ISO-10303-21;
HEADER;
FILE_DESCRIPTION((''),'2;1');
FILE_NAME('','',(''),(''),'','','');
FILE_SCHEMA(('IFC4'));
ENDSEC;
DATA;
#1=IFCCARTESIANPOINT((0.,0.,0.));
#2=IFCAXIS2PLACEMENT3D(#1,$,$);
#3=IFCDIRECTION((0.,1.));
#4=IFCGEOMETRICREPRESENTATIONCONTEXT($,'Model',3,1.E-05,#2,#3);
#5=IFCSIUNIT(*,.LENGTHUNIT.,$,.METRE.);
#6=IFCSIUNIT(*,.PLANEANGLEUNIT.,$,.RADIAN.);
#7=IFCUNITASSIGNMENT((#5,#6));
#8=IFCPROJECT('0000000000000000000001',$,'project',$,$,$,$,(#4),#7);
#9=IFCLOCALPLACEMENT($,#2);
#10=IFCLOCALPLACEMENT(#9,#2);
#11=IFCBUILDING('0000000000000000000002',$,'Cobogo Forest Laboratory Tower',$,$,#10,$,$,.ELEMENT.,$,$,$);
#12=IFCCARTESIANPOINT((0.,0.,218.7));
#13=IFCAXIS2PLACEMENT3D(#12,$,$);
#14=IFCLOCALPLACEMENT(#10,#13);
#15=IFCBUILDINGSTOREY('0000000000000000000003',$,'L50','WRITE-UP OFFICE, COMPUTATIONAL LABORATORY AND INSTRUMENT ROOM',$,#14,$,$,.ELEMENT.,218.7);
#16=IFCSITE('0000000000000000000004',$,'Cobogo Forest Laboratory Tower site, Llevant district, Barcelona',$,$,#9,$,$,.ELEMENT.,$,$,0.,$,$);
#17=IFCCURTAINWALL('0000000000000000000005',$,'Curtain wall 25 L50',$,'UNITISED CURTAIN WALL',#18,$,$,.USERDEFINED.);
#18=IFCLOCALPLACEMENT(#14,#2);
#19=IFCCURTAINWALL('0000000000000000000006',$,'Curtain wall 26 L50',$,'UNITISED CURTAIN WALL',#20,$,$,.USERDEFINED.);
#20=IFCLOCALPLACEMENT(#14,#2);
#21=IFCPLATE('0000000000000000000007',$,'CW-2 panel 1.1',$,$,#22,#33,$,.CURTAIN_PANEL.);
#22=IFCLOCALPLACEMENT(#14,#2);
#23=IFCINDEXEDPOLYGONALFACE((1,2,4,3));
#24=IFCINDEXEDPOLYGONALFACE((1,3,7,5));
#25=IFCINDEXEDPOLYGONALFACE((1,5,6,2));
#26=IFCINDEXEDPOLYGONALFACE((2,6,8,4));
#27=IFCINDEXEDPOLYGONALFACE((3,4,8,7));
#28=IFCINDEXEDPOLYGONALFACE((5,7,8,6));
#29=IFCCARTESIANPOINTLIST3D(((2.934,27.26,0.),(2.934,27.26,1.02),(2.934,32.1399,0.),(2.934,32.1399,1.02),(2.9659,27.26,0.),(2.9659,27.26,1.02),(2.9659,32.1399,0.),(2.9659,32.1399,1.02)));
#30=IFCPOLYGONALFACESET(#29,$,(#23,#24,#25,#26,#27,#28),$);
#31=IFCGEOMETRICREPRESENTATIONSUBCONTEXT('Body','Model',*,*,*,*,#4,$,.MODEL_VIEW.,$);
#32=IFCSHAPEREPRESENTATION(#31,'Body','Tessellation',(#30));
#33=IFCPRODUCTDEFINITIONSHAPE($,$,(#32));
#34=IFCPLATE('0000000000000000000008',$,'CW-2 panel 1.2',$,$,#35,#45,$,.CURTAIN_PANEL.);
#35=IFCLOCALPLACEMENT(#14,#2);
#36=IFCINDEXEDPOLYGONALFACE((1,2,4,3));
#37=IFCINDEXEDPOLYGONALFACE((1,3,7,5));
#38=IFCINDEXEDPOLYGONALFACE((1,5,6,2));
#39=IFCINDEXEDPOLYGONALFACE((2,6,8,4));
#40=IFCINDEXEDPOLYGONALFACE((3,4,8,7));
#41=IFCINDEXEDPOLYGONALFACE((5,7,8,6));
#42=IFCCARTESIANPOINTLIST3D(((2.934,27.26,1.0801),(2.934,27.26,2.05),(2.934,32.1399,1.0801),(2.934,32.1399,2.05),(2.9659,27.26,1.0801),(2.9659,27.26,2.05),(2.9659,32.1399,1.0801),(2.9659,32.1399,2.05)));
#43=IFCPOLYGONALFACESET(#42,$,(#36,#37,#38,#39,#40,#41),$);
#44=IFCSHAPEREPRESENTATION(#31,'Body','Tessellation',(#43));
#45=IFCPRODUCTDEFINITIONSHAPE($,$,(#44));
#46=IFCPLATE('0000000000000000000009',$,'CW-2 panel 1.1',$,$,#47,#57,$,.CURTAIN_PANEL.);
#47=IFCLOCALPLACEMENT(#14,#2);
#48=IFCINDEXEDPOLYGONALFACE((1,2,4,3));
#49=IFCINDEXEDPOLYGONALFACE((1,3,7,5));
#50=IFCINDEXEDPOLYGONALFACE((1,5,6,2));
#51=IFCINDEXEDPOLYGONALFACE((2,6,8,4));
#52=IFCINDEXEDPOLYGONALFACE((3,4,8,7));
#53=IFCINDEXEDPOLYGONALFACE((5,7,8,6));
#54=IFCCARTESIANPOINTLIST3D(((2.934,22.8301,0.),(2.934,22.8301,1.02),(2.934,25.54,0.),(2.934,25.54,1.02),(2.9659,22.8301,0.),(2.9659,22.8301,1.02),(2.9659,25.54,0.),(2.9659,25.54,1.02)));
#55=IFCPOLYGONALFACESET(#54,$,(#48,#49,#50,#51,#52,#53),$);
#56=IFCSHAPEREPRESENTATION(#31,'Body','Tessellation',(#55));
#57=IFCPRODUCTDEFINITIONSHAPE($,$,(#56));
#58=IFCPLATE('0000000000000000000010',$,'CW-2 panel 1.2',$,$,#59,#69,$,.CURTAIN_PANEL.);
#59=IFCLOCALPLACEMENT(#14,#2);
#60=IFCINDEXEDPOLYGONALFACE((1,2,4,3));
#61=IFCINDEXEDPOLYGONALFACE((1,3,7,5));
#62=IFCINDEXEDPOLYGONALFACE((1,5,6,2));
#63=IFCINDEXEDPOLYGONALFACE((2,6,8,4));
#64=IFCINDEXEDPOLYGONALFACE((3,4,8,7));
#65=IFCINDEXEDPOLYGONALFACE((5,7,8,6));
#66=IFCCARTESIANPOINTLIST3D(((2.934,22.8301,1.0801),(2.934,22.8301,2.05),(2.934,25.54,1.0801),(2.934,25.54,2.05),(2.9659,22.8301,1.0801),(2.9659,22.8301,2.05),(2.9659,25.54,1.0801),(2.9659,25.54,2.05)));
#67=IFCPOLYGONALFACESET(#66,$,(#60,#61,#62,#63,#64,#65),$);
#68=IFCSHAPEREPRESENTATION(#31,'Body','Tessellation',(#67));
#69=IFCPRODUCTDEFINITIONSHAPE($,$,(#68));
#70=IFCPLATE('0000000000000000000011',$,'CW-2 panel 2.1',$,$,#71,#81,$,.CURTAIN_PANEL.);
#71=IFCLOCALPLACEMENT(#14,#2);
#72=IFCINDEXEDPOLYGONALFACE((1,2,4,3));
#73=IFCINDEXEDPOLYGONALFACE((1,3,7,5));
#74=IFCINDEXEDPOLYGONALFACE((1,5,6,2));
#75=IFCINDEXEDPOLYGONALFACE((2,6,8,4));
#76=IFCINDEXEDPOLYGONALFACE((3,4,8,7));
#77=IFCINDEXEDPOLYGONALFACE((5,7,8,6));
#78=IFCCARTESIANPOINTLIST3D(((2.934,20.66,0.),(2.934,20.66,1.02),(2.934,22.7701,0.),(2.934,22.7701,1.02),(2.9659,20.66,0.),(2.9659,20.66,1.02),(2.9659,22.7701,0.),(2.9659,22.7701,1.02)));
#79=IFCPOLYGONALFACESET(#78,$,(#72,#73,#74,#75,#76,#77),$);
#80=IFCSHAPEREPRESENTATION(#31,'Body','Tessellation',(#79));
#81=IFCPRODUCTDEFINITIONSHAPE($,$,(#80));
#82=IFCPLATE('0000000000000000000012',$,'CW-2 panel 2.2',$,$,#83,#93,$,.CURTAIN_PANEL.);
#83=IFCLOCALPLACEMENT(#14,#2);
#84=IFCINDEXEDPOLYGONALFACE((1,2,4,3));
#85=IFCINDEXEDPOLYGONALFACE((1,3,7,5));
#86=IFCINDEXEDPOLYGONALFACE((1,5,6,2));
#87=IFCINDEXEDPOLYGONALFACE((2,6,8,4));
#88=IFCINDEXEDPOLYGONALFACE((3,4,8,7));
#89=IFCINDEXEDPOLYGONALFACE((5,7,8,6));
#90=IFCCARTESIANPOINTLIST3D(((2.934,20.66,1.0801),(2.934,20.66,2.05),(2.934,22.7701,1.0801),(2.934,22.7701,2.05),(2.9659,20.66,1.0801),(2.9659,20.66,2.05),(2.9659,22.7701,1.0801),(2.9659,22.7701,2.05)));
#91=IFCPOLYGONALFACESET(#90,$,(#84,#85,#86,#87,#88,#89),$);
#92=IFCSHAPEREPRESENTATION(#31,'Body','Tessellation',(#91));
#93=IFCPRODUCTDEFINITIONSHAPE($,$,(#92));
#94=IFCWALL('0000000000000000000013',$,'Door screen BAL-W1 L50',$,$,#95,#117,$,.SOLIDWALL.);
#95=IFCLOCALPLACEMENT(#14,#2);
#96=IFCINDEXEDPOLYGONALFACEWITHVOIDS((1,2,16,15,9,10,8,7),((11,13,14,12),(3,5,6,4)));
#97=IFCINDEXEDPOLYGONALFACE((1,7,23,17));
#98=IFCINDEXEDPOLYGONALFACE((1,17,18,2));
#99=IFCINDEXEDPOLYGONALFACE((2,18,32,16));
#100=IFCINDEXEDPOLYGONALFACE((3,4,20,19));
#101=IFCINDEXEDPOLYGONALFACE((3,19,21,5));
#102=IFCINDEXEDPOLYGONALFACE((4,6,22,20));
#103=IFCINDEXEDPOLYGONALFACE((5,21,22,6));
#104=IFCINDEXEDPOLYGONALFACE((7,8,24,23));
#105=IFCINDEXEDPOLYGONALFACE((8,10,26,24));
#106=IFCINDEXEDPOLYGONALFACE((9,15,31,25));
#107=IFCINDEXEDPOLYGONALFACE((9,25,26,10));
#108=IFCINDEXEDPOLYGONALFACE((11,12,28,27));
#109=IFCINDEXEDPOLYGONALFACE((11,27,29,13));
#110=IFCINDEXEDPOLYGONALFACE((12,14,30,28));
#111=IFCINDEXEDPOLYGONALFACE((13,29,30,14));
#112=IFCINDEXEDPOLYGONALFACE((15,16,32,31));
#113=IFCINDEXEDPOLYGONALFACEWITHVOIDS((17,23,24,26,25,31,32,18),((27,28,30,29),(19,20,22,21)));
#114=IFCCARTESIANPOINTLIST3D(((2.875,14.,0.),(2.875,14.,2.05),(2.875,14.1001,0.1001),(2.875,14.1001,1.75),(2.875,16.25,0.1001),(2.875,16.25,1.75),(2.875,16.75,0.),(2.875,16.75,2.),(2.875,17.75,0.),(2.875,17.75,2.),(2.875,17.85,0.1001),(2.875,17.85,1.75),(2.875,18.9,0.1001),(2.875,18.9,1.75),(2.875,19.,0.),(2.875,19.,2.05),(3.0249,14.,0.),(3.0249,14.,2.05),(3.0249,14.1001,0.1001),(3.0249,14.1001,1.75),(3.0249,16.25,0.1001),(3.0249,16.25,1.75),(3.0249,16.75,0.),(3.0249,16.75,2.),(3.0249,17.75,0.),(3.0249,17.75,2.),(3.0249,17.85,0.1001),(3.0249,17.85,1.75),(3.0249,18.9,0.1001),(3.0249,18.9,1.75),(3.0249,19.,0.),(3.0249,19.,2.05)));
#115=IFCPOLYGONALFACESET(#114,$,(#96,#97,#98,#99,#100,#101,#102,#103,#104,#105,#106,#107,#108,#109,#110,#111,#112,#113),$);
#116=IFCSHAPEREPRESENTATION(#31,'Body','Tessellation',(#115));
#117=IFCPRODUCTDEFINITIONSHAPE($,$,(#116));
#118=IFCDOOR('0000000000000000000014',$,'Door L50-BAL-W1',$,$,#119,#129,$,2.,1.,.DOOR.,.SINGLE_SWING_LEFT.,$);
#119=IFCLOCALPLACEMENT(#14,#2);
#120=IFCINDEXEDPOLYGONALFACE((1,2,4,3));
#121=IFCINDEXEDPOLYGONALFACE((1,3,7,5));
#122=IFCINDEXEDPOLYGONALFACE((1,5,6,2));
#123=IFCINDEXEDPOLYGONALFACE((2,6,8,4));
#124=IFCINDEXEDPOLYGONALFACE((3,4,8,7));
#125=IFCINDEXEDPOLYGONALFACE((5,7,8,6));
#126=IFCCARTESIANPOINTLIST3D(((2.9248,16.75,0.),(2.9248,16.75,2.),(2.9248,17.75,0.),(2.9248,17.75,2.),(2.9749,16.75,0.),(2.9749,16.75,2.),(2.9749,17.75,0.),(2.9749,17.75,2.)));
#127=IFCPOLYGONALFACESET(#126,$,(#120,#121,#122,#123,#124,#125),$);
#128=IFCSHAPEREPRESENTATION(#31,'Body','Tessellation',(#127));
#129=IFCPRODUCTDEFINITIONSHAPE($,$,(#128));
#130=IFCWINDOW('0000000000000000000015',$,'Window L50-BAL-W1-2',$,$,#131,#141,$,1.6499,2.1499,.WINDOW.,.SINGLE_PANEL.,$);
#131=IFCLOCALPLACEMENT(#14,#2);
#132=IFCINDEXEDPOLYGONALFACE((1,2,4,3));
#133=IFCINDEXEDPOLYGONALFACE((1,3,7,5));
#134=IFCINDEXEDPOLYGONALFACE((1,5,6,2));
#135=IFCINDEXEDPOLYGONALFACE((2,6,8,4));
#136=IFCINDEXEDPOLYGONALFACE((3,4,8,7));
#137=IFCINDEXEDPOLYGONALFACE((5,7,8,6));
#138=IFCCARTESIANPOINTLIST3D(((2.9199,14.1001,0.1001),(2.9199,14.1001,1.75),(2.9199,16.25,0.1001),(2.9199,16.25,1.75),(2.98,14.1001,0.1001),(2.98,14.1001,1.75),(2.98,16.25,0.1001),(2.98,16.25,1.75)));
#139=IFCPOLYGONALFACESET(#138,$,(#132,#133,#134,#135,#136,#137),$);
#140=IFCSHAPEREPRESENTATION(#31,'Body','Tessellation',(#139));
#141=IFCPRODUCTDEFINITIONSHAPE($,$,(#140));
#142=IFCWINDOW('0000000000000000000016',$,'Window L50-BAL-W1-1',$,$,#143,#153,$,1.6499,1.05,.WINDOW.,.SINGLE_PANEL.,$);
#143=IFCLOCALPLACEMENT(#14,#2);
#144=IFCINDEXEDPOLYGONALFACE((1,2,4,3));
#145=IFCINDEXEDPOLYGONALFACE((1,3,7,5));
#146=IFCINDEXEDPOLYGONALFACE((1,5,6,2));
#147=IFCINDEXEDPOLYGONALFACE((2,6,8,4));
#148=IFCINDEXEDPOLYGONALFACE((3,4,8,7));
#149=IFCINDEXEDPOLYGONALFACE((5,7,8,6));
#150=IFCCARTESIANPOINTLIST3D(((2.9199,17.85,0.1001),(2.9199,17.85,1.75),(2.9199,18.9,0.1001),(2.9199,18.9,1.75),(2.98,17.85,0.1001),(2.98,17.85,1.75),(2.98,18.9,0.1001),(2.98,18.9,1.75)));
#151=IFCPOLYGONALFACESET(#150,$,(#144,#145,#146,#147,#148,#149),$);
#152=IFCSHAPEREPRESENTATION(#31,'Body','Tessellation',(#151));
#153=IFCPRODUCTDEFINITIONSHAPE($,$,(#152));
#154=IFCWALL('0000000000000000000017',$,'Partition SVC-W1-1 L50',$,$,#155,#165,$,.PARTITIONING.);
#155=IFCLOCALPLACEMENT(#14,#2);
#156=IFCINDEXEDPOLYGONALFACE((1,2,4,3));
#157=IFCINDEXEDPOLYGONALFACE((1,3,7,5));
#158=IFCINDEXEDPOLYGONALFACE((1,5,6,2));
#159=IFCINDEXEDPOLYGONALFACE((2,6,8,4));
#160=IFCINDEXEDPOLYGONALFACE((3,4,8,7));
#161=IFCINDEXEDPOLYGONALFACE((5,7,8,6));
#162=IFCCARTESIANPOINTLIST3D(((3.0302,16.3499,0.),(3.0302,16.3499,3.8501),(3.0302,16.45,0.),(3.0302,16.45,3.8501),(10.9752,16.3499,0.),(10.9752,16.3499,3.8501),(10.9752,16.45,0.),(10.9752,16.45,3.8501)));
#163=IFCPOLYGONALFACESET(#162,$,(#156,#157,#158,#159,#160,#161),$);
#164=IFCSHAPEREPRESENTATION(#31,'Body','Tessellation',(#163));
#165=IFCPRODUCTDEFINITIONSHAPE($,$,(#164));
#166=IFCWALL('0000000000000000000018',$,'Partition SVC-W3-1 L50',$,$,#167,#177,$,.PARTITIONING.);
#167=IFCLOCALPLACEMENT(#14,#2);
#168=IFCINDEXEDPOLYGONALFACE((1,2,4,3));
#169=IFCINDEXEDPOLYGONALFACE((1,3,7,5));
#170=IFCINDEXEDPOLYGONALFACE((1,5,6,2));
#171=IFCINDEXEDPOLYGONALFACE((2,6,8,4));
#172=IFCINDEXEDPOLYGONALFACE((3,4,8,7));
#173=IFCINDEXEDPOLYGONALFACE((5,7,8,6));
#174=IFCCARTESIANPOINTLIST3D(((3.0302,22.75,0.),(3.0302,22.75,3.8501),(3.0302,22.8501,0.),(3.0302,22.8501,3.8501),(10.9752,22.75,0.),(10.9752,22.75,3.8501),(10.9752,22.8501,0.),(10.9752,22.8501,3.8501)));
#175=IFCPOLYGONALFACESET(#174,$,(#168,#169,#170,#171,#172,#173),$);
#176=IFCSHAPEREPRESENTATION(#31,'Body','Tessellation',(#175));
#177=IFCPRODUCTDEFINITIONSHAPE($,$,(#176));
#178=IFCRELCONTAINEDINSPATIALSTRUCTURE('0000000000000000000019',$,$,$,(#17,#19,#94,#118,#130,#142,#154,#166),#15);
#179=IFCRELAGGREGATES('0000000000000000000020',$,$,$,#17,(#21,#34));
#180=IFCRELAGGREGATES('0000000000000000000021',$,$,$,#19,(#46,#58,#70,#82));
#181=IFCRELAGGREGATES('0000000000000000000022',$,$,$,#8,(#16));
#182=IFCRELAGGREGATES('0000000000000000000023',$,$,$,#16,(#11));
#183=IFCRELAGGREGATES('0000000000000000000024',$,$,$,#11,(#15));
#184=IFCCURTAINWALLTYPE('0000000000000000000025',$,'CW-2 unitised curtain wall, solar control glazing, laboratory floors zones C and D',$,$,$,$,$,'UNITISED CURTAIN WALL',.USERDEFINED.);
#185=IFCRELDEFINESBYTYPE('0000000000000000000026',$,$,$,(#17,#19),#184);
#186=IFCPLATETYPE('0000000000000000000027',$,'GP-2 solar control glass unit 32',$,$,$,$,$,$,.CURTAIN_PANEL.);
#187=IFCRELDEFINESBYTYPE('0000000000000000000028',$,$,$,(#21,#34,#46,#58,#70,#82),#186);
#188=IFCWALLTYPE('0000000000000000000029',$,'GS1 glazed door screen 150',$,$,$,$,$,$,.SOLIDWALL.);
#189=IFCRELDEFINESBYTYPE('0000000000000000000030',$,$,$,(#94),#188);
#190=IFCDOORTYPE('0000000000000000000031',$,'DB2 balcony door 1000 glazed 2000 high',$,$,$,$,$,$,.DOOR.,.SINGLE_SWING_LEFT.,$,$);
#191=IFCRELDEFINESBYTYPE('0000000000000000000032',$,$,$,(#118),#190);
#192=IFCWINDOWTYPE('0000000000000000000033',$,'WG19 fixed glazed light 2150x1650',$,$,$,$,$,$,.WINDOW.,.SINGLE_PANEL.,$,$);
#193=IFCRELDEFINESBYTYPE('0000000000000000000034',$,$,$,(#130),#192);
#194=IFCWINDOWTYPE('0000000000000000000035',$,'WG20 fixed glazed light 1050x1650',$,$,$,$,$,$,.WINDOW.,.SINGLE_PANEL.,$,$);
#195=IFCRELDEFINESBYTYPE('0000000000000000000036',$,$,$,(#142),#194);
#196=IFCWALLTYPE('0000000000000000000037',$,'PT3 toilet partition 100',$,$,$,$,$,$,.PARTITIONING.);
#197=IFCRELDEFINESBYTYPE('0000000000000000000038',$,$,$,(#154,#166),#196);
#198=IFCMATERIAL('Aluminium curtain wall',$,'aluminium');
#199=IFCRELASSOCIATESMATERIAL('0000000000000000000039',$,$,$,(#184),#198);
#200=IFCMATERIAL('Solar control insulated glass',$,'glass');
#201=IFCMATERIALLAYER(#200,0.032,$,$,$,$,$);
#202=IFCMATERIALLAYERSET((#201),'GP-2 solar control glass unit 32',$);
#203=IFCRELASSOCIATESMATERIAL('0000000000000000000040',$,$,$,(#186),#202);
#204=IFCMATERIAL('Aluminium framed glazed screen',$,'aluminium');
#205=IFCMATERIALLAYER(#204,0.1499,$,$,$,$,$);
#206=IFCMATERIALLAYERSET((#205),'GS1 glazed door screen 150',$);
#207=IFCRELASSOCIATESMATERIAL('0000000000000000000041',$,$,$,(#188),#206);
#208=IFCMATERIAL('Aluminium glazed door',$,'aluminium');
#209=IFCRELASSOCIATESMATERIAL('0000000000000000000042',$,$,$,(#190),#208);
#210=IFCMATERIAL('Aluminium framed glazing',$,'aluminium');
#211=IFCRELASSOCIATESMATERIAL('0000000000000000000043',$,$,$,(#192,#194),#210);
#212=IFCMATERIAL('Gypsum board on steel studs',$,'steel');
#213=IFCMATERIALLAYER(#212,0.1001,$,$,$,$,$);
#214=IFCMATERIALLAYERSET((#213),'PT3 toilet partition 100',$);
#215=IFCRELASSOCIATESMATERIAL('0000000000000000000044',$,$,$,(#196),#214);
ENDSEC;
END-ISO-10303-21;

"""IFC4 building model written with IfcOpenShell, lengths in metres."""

from ifc_helpers import new_model, si_unit, direction, frame, frame_2d, origin, origin_2d, place, context, subcontext, project, spatial, rectangle, extrude, material, layer, layer_set, type_object, element, fill, aggregate, save


model = new_model("IFC4")

# Units and contexts
model_context = context("Model", 3, precision=1e-05, world=origin(), true_north=direction((0.0, 1.0)))
body_context = subcontext(model_context, "Body", "Model", "MODEL_VIEW")
ifc_project = project(units=[si_unit("LENGTHUNIT", "METRE"), si_unit("PLANEANGLEUNIT", "RADIAN")], contexts=[model_context])

# Site, building, storey
site_placement = place(None, origin())
site = spatial("IfcSite", under=ifc_project, at=site_placement, Name="Cobogo Forest Laboratory Tower site, Llevant district, Barcelona", CompositionType="ELEMENT", RefElevation=0.0)
building_placement = place(site_placement, origin())
building = spatial("IfcBuilding", under=site, at=building_placement, Name="Cobogo Forest Laboratory Tower", CompositionType="ELEMENT")
storey_placement = place(building_placement, frame((0.0, 0.0, 218.7)))
storey = spatial("IfcBuildingStorey", under=building, at=storey_placement, Name="L50", Description="WRITE-UP OFFICE, COMPUTATIONAL LABORATORY AND INSTRUMENT ROOM", CompositionType="ELEMENT", Elevation=218.7)

# Curtain walls
ifc_material_1 = material(Name="Aluminium curtain wall", Category="aluminium")
curtain_wall_type = type_object("IfcCurtainWallType", Name="CW-2 unitised curtain wall, solar control glazing, laboratory floors zones C and D", ElementType="UNITISED CURTAIN WALL", PredefinedType="USERDEFINED", material=ifc_material_1)
curtain_wall_1_placement = place(storey_placement, origin())
curtain_wall_1 = element("IfcCurtainWall", 1, at=curtain_wall_1_placement, inside=storey, type_object=curtain_wall_type, Name="Curtain wall 25 L50", ObjectType="UNITISED CURTAIN WALL", PredefinedType="USERDEFINED")
curtain_wall_2_placement = place(storey_placement, origin())
curtain_wall_2 = element("IfcCurtainWall", 2, at=curtain_wall_2_placement, inside=storey, type_object=curtain_wall_type, Name="Curtain wall 26 L50", ObjectType="UNITISED CURTAIN WALL", PredefinedType="USERDEFINED")

# Plates
ifc_material_2 = material(Name="Solar control insulated glass", Category="glass")
ifc_layer_1 = layer(ifc_material_2, 0.032)
ifc_layer_set_1 = layer_set([ifc_layer_1], Name="GP-2 solar control glass unit 32")
plate_type_1 = type_object("IfcPlateType", Name="GP-2 solar control glass unit 32", PredefinedType="CURTAIN_PANEL", material=ifc_layer_set_1)
plate_1_placement = place(storey_placement, frame((2.95, 29.7, 0.0), z_axis=(0.0, 0.0, 1.0), x_axis=(0.0, -1.0, 0.0)))
plate_1 = element("IfcPlate", 3, at=plate_1_placement, type_object=plate_type_1, Name="CW-2 panel 1.1", PredefinedType="CURTAIN_PANEL", context=body_context, shape_type="SweptSolid", body=[
    extrude(rectangle(XDim=4.8799, YDim=0.032, at=origin_2d()), origin(), (0.0, 0.0, 1.0), 1.02),
])
plate_2_placement = place(storey_placement, frame((2.95, 29.7, 1.0801), z_axis=(0.0, 0.0, 1.0), x_axis=(0.0, -1.0, 0.0)))
plate_2 = element("IfcPlate", 4, at=plate_2_placement, type_object=plate_type_1, Name="CW-2 panel 1.2", PredefinedType="CURTAIN_PANEL", context=body_context, shape_type="SweptSolid", body=[
    extrude(rectangle(XDim=4.8799, YDim=0.032, at=origin_2d()), origin(), (0.0, 0.0, 1.0), 0.97),
])
aggregate(curtain_wall_1, [plate_1, plate_2])
plate_3_placement = place(storey_placement, frame((2.95, 24.1851, 0.0), z_axis=(0.0, 0.0, 1.0), x_axis=(0.0, -1.0, 0.0)))
plate_3 = element("IfcPlate", 5, at=plate_3_placement, type_object=plate_type_1, Name="CW-2 panel 1.1", PredefinedType="CURTAIN_PANEL", context=body_context, shape_type="SweptSolid", body=[
    extrude(rectangle(XDim=2.71, YDim=0.032, at=origin_2d()), origin(), (0.0, 0.0, 1.0), 1.02),
])
plate_4_placement = place(storey_placement, frame((2.95, 24.1851, 1.0801), z_axis=(0.0, 0.0, 1.0), x_axis=(0.0, -1.0, 0.0)))
plate_4 = element("IfcPlate", 6, at=plate_4_placement, type_object=plate_type_1, Name="CW-2 panel 1.2", PredefinedType="CURTAIN_PANEL", context=body_context, shape_type="SweptSolid", body=[
    extrude(rectangle(XDim=2.71, YDim=0.032, at=origin_2d()), origin(), (0.0, 0.0, 1.0), 0.97),
])
plate_5_placement = place(storey_placement, frame((2.95, 21.7151, 0.0), z_axis=(0.0, 0.0, 1.0), x_axis=(0.0, -1.0, 0.0)))
plate_5 = element("IfcPlate", 7, at=plate_5_placement, type_object=plate_type_1, Name="CW-2 panel 2.1", PredefinedType="CURTAIN_PANEL", context=body_context, shape_type="SweptSolid", body=[
    extrude(rectangle(XDim=2.1101, YDim=0.032, at=origin_2d()), origin(), (0.0, 0.0, 1.0), 1.02),
])
plate_6_placement = place(storey_placement, frame((2.95, 21.7151, 1.0801), z_axis=(0.0, 0.0, 1.0), x_axis=(0.0, -1.0, 0.0)))
plate_6 = element("IfcPlate", 8, at=plate_6_placement, type_object=plate_type_1, Name="CW-2 panel 2.2", PredefinedType="CURTAIN_PANEL", context=body_context, shape_type="SweptSolid", body=[
    extrude(rectangle(XDim=2.1101, YDim=0.032, at=origin_2d()), origin(), (0.0, 0.0, 1.0), 0.97),
])
aggregate(curtain_wall_2, [plate_3, plate_4, plate_5, plate_6])

# Wall, openings, door, windows
ifc_material_3 = material(Name="Aluminium framed glazed screen", Category="aluminium")
ifc_layer_2 = layer(ifc_material_3, 0.1499)
ifc_layer_set_2 = layer_set([ifc_layer_2], Name="GS1 glazed door screen 150")
wall_type_1 = type_object("IfcWallType", Name="GS1 glazed door screen 150", PredefinedType="SOLIDWALL", material=ifc_layer_set_2)
wall_placement = place(storey_placement, frame((2.95, 19.0, 0.0), z_axis=(0.0, 0.0, 1.0), x_axis=(0.0, -1.0, 0.0)))
wall = element("IfcWall", 9, at=wall_placement, inside=storey, type_object=wall_type_1, Name="Door screen BAL-W1 L50", PredefinedType="SOLIDWALL", context=body_context, shape_type="SweptSolid", body=[
    extrude(rectangle(XDim=5.0, YDim=0.1499, at=frame_2d((2.5, 0.0))), origin(), (0.0, 0.0, 1.0), 2.05),
])
opening_1_placement = place(wall_placement, frame((1.25, 0.0, 0.0)))
opening_1 = element("IfcOpeningElement", 10, at=opening_1_placement, cuts=wall, PredefinedType="OPENING", context=body_context, shape_type="SweptSolid", body=[
    extrude(rectangle(XDim=1.0, YDim=2.0, at=frame_2d((0.5, 1.0))), frame((0.0, 0.085, 0.0), z_axis=(0.0, -1.0, 0.0), x_axis=(1.0, 0.0, 0.0)), (0.0, 0.0, 1.0), 0.1699),
])
opening_2_placement = place(wall_placement, frame((0.1001, 0.0, 0.1001)))
opening_2 = element("IfcOpeningElement", 11, at=opening_2_placement, cuts=wall, PredefinedType="OPENING", context=body_context, shape_type="SweptSolid", body=[
    extrude(rectangle(XDim=1.05, YDim=1.6499, at=frame_2d((0.5249, 0.825))), frame((0.0, 0.085, 0.0), z_axis=(0.0, -1.0, 0.0), x_axis=(1.0, 0.0, 0.0)), (0.0, 0.0, 1.0), 0.1699),
])
opening_3_placement = place(wall_placement, frame((2.75, 0.0, 0.1001)))
opening_3 = element("IfcOpeningElement", 12, at=opening_3_placement, cuts=wall, PredefinedType="OPENING", context=body_context, shape_type="SweptSolid", body=[
    extrude(rectangle(XDim=2.1499, YDim=1.6499, at=frame_2d((1.075, 0.825))), frame((0.0, 0.085, 0.0), z_axis=(0.0, -1.0, 0.0), x_axis=(1.0, 0.0, 0.0)), (0.0, 0.0, 1.0), 0.1699),
])
ifc_material_4 = material(Name="Aluminium glazed door", Category="aluminium")
door_type = type_object("IfcDoorType", Name="DB2 balcony door 1000 glazed 2000 high", OperationType="SINGLE_SWING_LEFT", PredefinedType="DOOR", material=ifc_material_4)
door_placement = place(opening_1_placement, origin())
door = element("IfcDoor", 13, at=door_placement, inside=storey, type_object=door_type, Name="Door L50-BAL-W1", OperationType="SINGLE_SWING_LEFT", OverallHeight=2.0, OverallWidth=1.0, PredefinedType="DOOR", context=body_context, shape_type="SweptSolid", body=[
    extrude(rectangle(XDim=1.0, YDim=2.0, at=frame_2d((0.5, 1.0))), frame((0.0, 0.0249, 0.0), z_axis=(0.0, -1.0, 0.0), x_axis=(1.0, 0.0, 0.0)), (0.0, 0.0, 1.0), 0.05),
])
fill(opening_1, door)
ifc_material_5 = material(Name="Aluminium framed glazing", Category="aluminium")
window_type_1 = type_object("IfcWindowType", Name="WG19 fixed glazed light 2150x1650", PartitioningType="SINGLE_PANEL", PredefinedType="WINDOW", material=ifc_material_5)
window_1_placement = place(opening_3_placement, origin())
window_1 = element("IfcWindow", 14, at=window_1_placement, inside=storey, type_object=window_type_1, Name="Window L50-BAL-W1-2", OverallHeight=1.6499, OverallWidth=2.1499, PartitioningType="SINGLE_PANEL", PredefinedType="WINDOW", context=body_context, shape_type="SweptSolid", body=[
    extrude(rectangle(XDim=2.1499, YDim=1.6499, at=frame_2d((1.075, 0.825))), frame((0.0, 0.03, 0.0), z_axis=(0.0, -1.0, 0.0), x_axis=(1.0, 0.0, 0.0)), (0.0, 0.0, 1.0), 0.0601),
])
fill(opening_3, window_1)
window_type_2 = type_object("IfcWindowType", Name="WG20 fixed glazed light 1050x1650", PartitioningType="SINGLE_PANEL", PredefinedType="WINDOW", material=ifc_material_5)
window_2_placement = place(opening_2_placement, origin())
window_2 = element("IfcWindow", 15, at=window_2_placement, inside=storey, type_object=window_type_2, Name="Window L50-BAL-W1-1", OverallHeight=1.6499, OverallWidth=1.05, PartitioningType="SINGLE_PANEL", PredefinedType="WINDOW", context=body_context, shape_type="SweptSolid", body=[
    extrude(rectangle(XDim=1.05, YDim=1.6499, at=frame_2d((0.5249, 0.825))), frame((0.0, 0.03, 0.0), z_axis=(0.0, -1.0, 0.0), x_axis=(1.0, 0.0, 0.0)), (0.0, 0.0, 1.0), 0.0601),
])
fill(opening_2, window_2)

# Walls
ifc_material_6 = material(Name="Gypsum board on steel studs", Category="steel")
ifc_layer_3 = layer(ifc_material_6, 0.1001)
ifc_layer_set_3 = layer_set([ifc_layer_3], Name="PT3 toilet partition 100")
wall_type_2 = type_object("IfcWallType", Name="PT3 toilet partition 100", PredefinedType="PARTITIONING", material=ifc_layer_set_3)
for number, where, z_axis, x_axis, name in (
    (16, (3.03, 16.3999, 0.0), (0.0, 0.0, 1.0), (1.0, 0.0, 0.0), "Partition SVC-W1-1 L50"),
    (17, (3.03, 22.8, 0.0), (0.0, 0.0, 1.0), (1.0, 0.0, 0.0), "Partition SVC-W3-1 L50"),
):
    element("IfcWall", number, at=place(storey_placement, frame(where, z_axis=z_axis, x_axis=x_axis)), inside=storey, type_object=wall_type_2, Name=name, PredefinedType="PARTITIONING", context=body_context, shape_type="SweptSolid", body=[
        extrude(rectangle(XDim=7.9451, YDim=0.1001, at=frame_2d((3.9727, 0.0))), origin(), (0.0, 0.0, 1.0), 3.8501),
    ])

save(model, "model.ifc")
